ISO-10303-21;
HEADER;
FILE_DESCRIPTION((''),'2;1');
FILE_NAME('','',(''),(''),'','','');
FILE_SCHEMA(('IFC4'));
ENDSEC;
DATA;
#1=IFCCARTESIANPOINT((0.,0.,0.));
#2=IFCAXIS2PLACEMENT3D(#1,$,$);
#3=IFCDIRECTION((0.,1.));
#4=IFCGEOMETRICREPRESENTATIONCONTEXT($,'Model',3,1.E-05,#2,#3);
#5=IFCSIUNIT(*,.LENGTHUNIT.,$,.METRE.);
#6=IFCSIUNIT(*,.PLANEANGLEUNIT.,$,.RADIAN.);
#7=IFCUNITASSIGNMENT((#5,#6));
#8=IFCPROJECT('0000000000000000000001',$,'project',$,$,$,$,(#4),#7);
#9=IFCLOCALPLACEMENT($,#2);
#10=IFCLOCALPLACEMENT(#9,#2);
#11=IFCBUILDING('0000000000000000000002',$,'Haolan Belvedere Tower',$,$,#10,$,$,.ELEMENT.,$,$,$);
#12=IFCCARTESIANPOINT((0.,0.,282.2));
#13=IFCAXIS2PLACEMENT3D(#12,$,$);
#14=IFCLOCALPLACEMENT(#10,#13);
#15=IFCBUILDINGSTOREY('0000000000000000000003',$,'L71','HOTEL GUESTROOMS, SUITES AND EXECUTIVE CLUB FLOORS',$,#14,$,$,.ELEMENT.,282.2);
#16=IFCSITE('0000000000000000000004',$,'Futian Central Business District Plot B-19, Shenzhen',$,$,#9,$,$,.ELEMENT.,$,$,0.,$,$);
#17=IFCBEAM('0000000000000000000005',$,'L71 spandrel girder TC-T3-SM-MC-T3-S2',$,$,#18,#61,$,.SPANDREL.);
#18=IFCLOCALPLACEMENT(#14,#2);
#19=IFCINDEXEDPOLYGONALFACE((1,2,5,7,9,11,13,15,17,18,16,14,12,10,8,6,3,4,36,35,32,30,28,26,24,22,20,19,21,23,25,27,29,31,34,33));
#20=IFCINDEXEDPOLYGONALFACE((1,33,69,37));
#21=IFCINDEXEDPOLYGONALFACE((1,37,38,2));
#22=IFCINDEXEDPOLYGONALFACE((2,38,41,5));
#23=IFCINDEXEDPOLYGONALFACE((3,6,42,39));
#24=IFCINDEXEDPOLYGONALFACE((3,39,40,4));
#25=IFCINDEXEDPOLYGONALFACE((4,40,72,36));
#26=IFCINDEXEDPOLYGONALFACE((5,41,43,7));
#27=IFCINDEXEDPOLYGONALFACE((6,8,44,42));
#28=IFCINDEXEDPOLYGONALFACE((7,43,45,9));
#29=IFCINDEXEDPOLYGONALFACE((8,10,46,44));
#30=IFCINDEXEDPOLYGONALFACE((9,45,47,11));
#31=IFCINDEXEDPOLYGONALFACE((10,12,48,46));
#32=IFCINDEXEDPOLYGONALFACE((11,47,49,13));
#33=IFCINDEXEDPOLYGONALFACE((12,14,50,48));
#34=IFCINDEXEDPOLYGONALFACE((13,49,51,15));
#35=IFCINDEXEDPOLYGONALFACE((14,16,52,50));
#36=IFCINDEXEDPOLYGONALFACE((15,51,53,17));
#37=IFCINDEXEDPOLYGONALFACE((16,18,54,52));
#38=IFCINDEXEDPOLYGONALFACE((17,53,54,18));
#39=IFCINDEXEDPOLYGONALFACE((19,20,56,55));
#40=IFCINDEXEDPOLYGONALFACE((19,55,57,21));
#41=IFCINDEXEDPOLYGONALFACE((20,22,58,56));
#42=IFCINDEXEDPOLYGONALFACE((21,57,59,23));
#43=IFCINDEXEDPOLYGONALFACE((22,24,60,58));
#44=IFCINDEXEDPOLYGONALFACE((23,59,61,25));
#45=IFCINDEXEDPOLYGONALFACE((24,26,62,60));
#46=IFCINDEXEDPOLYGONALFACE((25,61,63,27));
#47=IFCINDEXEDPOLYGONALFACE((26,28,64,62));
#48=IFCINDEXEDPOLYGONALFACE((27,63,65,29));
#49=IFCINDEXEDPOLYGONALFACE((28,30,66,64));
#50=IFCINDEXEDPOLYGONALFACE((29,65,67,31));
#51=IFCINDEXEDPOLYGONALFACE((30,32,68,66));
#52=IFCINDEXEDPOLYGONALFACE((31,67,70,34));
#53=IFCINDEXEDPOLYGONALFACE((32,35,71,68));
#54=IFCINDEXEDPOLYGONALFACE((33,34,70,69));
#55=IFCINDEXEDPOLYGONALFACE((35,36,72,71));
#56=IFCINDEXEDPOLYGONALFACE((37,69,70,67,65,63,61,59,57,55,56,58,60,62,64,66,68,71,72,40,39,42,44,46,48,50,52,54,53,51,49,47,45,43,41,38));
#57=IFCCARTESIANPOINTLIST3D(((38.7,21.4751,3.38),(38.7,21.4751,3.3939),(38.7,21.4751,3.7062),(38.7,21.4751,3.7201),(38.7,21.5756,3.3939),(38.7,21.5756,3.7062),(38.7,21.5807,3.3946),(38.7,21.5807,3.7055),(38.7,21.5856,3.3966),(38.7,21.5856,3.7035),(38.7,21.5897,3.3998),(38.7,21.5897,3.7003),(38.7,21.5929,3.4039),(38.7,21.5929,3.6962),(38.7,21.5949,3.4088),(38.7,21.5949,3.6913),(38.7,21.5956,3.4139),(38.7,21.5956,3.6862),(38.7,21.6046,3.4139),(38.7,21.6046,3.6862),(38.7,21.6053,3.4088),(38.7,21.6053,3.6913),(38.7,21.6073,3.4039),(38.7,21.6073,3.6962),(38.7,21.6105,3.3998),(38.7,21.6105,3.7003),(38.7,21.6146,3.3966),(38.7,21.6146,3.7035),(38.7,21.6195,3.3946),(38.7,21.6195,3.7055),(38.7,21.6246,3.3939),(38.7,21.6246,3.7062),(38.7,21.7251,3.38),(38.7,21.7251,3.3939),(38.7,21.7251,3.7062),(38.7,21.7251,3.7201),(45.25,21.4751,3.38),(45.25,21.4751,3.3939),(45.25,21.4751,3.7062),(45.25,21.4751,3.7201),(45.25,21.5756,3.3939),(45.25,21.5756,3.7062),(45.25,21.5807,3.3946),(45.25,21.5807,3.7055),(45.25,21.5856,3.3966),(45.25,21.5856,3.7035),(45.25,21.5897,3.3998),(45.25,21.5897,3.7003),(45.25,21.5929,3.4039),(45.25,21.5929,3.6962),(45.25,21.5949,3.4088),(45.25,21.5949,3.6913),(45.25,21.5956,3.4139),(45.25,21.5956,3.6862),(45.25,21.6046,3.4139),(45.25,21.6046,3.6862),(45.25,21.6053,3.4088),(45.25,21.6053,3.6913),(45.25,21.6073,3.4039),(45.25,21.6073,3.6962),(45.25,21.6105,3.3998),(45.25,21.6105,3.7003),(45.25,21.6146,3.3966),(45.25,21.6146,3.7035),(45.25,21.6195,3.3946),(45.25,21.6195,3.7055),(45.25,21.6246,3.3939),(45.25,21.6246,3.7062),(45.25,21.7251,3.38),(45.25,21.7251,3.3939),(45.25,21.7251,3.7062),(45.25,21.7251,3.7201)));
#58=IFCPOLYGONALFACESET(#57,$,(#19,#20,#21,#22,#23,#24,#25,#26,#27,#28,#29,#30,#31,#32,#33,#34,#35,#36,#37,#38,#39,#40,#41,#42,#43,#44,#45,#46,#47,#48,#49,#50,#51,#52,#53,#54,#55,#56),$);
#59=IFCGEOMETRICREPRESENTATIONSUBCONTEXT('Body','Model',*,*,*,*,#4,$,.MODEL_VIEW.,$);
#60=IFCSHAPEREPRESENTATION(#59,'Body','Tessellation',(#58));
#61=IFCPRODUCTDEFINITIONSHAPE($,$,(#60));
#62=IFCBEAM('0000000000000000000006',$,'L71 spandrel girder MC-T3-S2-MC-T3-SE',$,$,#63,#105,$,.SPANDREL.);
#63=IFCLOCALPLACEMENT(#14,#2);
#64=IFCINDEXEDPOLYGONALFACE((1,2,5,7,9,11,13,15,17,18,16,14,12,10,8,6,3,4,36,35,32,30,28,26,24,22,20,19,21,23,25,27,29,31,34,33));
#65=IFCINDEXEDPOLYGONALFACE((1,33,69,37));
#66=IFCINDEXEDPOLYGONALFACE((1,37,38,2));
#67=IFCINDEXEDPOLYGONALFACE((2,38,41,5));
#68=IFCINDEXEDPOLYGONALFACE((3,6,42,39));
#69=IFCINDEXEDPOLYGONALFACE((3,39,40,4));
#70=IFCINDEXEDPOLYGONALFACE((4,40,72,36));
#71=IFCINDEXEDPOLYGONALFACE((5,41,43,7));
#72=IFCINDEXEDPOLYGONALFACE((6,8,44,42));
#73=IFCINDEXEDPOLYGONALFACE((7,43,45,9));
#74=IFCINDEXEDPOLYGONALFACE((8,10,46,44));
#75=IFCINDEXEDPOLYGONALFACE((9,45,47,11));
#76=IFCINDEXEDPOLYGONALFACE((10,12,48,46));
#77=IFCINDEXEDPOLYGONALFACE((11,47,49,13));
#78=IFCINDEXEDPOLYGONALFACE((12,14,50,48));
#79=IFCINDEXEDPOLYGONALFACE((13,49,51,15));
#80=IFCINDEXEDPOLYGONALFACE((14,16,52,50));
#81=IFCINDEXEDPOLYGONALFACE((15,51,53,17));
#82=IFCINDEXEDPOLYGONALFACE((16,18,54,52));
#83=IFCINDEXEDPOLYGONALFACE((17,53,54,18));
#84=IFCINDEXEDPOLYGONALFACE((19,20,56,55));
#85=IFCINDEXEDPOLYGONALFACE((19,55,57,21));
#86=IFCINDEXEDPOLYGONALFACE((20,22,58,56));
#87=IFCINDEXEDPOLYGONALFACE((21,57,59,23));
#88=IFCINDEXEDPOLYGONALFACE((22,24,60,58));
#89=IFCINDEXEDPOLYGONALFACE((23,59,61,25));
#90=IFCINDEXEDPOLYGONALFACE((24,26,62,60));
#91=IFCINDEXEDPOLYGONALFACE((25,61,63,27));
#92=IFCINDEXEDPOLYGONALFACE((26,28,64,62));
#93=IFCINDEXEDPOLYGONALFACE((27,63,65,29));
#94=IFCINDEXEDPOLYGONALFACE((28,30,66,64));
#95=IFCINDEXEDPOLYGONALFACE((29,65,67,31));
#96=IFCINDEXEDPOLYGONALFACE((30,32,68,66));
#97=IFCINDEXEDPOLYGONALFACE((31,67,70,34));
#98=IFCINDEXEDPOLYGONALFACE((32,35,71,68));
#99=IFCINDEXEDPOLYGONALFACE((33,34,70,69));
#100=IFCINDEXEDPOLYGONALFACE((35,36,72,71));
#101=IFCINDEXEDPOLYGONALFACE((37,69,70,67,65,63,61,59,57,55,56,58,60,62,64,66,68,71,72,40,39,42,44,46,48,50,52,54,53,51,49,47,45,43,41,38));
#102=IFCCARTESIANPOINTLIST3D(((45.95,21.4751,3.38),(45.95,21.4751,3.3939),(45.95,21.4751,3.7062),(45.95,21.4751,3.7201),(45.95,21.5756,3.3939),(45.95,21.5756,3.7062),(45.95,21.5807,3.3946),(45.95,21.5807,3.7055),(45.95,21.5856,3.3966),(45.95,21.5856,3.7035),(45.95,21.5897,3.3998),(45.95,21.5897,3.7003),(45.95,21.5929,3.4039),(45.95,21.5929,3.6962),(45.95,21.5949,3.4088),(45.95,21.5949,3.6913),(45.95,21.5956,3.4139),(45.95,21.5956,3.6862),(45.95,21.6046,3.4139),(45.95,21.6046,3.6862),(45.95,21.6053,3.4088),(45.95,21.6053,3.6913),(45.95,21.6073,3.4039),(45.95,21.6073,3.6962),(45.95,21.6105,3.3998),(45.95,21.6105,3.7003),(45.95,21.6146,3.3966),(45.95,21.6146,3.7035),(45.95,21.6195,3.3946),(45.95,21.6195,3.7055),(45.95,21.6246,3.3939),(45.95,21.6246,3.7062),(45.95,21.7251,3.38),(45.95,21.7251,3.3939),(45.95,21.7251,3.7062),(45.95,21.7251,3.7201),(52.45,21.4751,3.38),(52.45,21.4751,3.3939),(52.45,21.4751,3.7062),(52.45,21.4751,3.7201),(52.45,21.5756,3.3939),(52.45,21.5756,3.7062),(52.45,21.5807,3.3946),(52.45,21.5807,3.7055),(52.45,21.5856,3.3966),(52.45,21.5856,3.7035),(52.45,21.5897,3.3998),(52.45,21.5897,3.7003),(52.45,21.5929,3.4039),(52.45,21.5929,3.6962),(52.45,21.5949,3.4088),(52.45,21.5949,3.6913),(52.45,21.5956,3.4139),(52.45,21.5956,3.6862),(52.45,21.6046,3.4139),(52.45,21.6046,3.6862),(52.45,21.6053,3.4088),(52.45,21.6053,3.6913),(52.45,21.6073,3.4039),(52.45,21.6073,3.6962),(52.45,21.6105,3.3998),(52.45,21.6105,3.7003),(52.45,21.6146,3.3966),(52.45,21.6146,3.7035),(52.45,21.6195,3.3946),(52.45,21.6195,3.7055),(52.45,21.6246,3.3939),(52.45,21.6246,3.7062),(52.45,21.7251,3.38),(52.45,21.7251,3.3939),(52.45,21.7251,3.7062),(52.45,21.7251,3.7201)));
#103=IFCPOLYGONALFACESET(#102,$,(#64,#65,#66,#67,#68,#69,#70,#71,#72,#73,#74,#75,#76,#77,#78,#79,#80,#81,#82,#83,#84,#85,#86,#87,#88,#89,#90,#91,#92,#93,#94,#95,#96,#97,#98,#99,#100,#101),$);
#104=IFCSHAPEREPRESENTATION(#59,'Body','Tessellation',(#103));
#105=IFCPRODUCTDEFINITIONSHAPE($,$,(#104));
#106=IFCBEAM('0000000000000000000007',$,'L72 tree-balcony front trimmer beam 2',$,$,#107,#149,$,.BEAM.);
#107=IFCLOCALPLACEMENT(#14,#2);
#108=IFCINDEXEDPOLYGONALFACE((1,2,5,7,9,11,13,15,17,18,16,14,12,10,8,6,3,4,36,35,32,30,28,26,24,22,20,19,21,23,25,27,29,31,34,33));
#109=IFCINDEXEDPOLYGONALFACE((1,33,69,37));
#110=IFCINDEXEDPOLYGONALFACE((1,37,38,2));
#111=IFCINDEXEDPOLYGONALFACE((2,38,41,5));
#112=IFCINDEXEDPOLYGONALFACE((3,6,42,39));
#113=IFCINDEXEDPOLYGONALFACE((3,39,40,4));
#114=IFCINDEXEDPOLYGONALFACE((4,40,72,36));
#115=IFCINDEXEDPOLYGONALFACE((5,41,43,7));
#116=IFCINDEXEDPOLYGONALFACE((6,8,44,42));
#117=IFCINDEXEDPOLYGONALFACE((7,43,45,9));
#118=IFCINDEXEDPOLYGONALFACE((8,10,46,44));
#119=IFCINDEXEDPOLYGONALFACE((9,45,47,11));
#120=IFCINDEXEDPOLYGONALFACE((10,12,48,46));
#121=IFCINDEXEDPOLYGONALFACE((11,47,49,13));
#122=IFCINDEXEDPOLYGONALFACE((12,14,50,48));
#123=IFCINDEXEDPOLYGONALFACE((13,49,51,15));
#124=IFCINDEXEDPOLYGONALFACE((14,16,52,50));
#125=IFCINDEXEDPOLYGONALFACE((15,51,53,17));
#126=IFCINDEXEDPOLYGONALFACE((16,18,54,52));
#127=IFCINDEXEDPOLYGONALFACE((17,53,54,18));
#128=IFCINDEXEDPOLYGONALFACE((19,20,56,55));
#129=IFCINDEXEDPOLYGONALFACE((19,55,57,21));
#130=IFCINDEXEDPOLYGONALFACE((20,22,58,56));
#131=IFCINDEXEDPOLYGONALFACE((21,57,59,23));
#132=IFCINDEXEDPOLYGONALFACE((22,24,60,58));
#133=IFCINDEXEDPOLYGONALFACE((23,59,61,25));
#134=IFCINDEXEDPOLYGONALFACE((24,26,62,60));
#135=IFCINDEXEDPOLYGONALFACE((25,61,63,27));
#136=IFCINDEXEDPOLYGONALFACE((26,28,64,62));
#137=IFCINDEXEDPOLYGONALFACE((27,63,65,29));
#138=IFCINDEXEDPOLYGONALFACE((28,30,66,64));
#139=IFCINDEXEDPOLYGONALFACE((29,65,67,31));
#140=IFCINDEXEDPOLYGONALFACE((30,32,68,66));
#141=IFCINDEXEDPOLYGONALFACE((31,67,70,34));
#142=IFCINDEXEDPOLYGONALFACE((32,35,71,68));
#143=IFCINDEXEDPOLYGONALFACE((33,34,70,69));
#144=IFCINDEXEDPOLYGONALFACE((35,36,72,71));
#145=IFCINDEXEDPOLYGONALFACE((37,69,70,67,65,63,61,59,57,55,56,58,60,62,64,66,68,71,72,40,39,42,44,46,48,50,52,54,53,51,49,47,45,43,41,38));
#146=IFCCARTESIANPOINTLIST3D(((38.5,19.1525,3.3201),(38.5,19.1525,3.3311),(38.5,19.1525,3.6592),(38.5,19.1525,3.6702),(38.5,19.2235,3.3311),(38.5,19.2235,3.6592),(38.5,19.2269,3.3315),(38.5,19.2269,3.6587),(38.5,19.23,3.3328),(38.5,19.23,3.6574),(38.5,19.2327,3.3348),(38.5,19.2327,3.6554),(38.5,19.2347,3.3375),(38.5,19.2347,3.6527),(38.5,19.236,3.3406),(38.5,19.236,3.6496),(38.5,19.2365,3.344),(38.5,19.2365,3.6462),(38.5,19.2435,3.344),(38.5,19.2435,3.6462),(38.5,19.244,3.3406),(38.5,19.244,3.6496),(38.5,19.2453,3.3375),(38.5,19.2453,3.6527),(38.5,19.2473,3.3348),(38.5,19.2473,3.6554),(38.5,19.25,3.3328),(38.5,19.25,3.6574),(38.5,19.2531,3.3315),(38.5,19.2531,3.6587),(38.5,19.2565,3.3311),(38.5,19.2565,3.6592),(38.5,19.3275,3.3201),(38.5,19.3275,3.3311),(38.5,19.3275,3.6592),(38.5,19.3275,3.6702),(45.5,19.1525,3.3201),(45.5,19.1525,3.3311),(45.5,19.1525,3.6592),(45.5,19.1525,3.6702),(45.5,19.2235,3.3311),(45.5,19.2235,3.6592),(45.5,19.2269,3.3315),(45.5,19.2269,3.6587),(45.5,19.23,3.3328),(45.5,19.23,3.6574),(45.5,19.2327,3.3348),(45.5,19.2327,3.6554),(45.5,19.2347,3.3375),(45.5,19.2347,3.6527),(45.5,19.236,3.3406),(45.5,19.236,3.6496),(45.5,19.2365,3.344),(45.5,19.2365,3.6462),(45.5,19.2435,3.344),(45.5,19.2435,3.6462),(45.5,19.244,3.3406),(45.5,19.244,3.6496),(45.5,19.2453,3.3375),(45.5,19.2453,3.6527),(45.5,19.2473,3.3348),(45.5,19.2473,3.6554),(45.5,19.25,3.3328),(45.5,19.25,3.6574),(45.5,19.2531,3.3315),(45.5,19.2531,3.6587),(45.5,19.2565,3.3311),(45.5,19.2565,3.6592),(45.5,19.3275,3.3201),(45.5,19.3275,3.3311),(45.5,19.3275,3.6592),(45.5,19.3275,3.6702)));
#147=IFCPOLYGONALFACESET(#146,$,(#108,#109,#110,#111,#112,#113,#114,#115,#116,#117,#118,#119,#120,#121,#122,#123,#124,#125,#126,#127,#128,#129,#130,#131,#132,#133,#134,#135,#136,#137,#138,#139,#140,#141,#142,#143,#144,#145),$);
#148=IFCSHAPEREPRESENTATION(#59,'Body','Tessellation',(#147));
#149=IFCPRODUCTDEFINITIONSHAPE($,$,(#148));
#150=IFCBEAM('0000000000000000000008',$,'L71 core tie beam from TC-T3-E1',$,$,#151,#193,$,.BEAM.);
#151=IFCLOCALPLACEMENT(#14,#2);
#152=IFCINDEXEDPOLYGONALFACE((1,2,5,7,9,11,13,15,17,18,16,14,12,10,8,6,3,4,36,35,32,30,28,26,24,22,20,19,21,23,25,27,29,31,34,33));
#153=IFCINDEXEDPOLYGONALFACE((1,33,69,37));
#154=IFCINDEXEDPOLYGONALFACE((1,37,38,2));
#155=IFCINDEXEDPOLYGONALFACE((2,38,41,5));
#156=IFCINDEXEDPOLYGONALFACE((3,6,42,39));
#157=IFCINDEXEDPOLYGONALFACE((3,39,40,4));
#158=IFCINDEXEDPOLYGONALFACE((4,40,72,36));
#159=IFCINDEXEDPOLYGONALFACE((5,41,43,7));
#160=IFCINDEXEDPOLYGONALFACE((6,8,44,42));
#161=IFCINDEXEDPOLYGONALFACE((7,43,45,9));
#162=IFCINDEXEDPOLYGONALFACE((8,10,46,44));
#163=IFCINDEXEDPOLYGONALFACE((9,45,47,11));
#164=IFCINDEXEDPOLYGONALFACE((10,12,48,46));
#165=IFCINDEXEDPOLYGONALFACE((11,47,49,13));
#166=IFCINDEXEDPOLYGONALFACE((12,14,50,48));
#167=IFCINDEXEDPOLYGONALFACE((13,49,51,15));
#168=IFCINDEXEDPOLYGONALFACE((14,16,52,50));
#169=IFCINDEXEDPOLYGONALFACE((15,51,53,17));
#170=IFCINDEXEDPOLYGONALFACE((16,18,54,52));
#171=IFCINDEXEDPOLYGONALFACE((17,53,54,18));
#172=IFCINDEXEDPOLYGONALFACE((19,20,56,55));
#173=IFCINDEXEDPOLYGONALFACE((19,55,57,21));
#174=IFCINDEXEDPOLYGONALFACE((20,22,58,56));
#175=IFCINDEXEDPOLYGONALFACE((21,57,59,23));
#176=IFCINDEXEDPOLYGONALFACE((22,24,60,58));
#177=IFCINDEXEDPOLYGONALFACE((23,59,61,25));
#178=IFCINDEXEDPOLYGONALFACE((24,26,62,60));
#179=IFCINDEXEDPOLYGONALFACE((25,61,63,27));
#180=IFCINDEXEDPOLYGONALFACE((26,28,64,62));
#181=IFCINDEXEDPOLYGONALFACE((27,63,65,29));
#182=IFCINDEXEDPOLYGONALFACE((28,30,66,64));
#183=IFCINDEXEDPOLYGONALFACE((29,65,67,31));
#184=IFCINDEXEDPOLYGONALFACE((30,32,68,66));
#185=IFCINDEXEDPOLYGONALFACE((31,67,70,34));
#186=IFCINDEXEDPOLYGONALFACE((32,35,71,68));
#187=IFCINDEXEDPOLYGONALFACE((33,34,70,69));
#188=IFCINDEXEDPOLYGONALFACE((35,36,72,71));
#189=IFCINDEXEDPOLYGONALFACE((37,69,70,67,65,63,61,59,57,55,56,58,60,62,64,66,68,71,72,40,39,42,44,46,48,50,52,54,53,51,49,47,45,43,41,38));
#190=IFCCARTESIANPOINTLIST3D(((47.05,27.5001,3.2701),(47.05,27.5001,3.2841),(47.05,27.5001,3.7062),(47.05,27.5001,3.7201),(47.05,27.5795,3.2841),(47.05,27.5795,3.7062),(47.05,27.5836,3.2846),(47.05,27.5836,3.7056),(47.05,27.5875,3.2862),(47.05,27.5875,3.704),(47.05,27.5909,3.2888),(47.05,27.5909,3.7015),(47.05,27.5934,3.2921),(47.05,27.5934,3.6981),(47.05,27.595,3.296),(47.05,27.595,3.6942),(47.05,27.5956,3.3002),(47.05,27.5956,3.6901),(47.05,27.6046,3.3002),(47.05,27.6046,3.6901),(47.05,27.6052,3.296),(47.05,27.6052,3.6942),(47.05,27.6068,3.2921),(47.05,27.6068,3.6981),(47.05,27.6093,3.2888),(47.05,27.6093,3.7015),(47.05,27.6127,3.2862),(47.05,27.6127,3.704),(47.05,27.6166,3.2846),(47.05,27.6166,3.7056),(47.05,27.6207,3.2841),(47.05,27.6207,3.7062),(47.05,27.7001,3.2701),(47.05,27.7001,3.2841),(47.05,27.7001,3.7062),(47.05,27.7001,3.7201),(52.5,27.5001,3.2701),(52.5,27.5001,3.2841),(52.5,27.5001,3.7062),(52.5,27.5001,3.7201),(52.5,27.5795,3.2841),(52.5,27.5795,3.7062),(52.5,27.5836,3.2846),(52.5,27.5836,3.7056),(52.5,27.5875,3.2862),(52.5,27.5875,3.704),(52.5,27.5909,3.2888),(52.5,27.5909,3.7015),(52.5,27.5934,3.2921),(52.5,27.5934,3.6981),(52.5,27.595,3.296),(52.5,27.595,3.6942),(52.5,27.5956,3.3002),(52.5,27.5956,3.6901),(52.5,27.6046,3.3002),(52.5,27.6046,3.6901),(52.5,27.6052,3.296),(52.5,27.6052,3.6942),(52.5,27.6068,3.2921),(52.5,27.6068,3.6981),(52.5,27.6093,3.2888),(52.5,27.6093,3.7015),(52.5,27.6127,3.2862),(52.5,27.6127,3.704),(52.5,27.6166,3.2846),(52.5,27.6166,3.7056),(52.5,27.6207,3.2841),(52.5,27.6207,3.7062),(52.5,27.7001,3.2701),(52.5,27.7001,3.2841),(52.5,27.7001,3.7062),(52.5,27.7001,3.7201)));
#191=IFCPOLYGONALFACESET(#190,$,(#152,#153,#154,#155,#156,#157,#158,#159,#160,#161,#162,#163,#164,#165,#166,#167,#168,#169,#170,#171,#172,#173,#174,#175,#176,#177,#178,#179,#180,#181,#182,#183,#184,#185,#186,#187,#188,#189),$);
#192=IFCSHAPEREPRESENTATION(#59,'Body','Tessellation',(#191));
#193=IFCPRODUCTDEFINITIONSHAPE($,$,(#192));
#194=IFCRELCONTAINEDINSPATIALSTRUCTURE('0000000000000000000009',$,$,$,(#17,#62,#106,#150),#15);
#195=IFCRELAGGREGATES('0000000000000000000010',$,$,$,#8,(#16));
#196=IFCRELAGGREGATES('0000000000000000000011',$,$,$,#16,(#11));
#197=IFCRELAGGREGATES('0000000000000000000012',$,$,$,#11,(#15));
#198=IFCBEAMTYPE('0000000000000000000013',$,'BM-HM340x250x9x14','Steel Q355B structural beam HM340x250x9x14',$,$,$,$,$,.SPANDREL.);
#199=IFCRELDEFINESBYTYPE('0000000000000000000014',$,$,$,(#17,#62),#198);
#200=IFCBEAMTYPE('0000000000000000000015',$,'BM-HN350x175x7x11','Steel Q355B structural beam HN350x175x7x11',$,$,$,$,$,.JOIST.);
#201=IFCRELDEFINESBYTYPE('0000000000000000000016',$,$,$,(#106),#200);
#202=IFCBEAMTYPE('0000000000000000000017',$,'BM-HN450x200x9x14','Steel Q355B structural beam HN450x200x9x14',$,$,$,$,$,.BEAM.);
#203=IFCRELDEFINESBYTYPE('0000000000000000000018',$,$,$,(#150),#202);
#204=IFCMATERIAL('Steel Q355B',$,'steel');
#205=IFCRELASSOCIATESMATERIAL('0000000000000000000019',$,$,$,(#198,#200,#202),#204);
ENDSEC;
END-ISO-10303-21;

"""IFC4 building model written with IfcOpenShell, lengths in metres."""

from ifc_helpers import new_model, si_unit, direction, frame, origin, origin_2d, place, context, subcontext, project, spatial, i_section, extrude, material, material_profile, profile_set, type_object, element, save


model = new_model("IFC4")

# Units and contexts
model_context = context("Model", 3, precision=1e-05, world=origin(), true_north=direction((0.0, 1.0)))
body_context = subcontext(model_context, "Body", "Model", "MODEL_VIEW")
ifc_project = project(units=[si_unit("LENGTHUNIT", "METRE"), si_unit("PLANEANGLEUNIT", "RADIAN")], contexts=[model_context])

# Site, building, storey
site_placement = place(None, origin())
site = spatial("IfcSite", under=ifc_project, at=site_placement, Name="Futian Central Business District Plot B-19, Shenzhen", CompositionType="ELEMENT", RefElevation=0.0)
building_placement = place(site_placement, origin())
building = spatial("IfcBuilding", under=site, at=building_placement, Name="Haolan Belvedere Tower", CompositionType="ELEMENT")
storey_placement = place(building_placement, frame((0.0, 0.0, 282.2)))
storey = spatial("IfcBuildingStorey", under=building, at=storey_placement, Name="L71", Description="HOTEL GUESTROOMS, SUITES AND EXECUTIVE CLUB FLOORS", CompositionType="ELEMENT", Elevation=282.2)

# Beams
ifc_material_1 = material(Name="Steel Q355B", Category="steel")
ifc_material_profile_1 = material_profile(ifc_material_1, i_section(OverallWidth=0.25, OverallDepth=0.3401, WebThickness=0.009, FlangeThickness=0.0139, FilletRadius=0.02, at=origin_2d()), Name="Steel Q355B")
ifc_profile_set_1 = profile_set([ifc_material_profile_1], Name="Steel Q355B")
beam_type_1 = type_object("IfcBeamType", Name="BM-HM340x250x9x14", Description="Steel Q355B structural beam HM340x250x9x14", PredefinedType="SPANDREL", material=ifc_profile_set_1)
beam_1_placement = place(storey_placement, frame((38.7, 21.6001, 3.55), z_axis=(1.0, 0.0, 0.0), x_axis=(0.0, 1.0, 0.0)))
element("IfcBeam", 1, at=beam_1_placement, inside=storey, type_object=beam_type_1, Name="L71 spandrel girder TC-T3-SM-MC-T3-S2", PredefinedType="SPANDREL", context=body_context, shape_type="SweptSolid", body=[
    extrude(i_section(OverallWidth=0.25, OverallDepth=0.3401, WebThickness=0.009, FlangeThickness=0.0139, FilletRadius=0.02, at=origin_2d()), origin(), (0.0, 0.0, 1.0), 6.55),
])
beam_2_placement = place(storey_placement, frame((45.95, 21.6001, 3.55), z_axis=(1.0, 0.0, 0.0), x_axis=(0.0, 1.0, 0.0)))
element("IfcBeam", 2, at=beam_2_placement, inside=storey, type_object=beam_type_1, Name="L71 spandrel girder MC-T3-S2-MC-T3-SE", PredefinedType="SPANDREL", context=body_context, shape_type="SweptSolid", body=[
    extrude(i_section(OverallWidth=0.25, OverallDepth=0.3401, WebThickness=0.009, FlangeThickness=0.0139, FilletRadius=0.02, at=origin_2d()), origin(), (0.0, 0.0, 1.0), 6.5),
])
ifc_material_profile_2 = material_profile(ifc_material_1, i_section(OverallWidth=0.175, OverallDepth=0.3501, WebThickness=0.0071, FlangeThickness=0.011, FilletRadius=0.0129, at=origin_2d()), Name="Steel Q355B")
ifc_profile_set_2 = profile_set([ifc_material_profile_2], Name="Steel Q355B")
beam_type_2 = type_object("IfcBeamType", Name="BM-HN350x175x7x11", Description="Steel Q355B structural beam HN350x175x7x11", PredefinedType="JOIST", material=ifc_profile_set_2)
beam_3_placement = place(storey_placement, frame((38.5, 19.24, 3.4951), z_axis=(1.0, 0.0, 0.0), x_axis=(0.0, 1.0, 0.0)))
element("IfcBeam", 3, at=beam_3_placement, inside=storey, type_object=beam_type_2, Name="L72 tree-balcony front trimmer beam 2", PredefinedType="BEAM", context=body_context, shape_type="SweptSolid", body=[
    extrude(i_section(OverallWidth=0.175, OverallDepth=0.3501, WebThickness=0.0071, FlangeThickness=0.011, FilletRadius=0.0129, at=origin_2d()), origin(), (0.0, 0.0, 1.0), 7.0),
])
ifc_material_profile_3 = material_profile(ifc_material_1, i_section(OverallWidth=0.2, OverallDepth=0.45, WebThickness=0.009, FlangeThickness=0.0139, FilletRadius=0.0161, at=origin_2d()), Name="Steel Q355B")
ifc_profile_set_3 = profile_set([ifc_material_profile_3], Name="Steel Q355B")
beam_type_3 = type_object("IfcBeamType", Name="BM-HN450x200x9x14", Description="Steel Q355B structural beam HN450x200x9x14", PredefinedType="BEAM", material=ifc_profile_set_3)
beam_4_placement = place(storey_placement, frame((52.5, 27.6001, 3.4951), z_axis=(-1.0, 0.0, 0.0), x_axis=(0.0, -1.0, 0.0)))
element("IfcBeam", 4, at=beam_4_placement, inside=storey, type_object=beam_type_3, Name="L71 core tie beam from TC-T3-E1", PredefinedType="BEAM", context=body_context, shape_type="SweptSolid", body=[
    extrude(i_section(OverallWidth=0.2, OverallDepth=0.45, WebThickness=0.009, FlangeThickness=0.0139, FilletRadius=0.0161, at=origin_2d()), origin(), (0.0, 0.0, 1.0), 5.45),
])

save(model, "model.ifc")
